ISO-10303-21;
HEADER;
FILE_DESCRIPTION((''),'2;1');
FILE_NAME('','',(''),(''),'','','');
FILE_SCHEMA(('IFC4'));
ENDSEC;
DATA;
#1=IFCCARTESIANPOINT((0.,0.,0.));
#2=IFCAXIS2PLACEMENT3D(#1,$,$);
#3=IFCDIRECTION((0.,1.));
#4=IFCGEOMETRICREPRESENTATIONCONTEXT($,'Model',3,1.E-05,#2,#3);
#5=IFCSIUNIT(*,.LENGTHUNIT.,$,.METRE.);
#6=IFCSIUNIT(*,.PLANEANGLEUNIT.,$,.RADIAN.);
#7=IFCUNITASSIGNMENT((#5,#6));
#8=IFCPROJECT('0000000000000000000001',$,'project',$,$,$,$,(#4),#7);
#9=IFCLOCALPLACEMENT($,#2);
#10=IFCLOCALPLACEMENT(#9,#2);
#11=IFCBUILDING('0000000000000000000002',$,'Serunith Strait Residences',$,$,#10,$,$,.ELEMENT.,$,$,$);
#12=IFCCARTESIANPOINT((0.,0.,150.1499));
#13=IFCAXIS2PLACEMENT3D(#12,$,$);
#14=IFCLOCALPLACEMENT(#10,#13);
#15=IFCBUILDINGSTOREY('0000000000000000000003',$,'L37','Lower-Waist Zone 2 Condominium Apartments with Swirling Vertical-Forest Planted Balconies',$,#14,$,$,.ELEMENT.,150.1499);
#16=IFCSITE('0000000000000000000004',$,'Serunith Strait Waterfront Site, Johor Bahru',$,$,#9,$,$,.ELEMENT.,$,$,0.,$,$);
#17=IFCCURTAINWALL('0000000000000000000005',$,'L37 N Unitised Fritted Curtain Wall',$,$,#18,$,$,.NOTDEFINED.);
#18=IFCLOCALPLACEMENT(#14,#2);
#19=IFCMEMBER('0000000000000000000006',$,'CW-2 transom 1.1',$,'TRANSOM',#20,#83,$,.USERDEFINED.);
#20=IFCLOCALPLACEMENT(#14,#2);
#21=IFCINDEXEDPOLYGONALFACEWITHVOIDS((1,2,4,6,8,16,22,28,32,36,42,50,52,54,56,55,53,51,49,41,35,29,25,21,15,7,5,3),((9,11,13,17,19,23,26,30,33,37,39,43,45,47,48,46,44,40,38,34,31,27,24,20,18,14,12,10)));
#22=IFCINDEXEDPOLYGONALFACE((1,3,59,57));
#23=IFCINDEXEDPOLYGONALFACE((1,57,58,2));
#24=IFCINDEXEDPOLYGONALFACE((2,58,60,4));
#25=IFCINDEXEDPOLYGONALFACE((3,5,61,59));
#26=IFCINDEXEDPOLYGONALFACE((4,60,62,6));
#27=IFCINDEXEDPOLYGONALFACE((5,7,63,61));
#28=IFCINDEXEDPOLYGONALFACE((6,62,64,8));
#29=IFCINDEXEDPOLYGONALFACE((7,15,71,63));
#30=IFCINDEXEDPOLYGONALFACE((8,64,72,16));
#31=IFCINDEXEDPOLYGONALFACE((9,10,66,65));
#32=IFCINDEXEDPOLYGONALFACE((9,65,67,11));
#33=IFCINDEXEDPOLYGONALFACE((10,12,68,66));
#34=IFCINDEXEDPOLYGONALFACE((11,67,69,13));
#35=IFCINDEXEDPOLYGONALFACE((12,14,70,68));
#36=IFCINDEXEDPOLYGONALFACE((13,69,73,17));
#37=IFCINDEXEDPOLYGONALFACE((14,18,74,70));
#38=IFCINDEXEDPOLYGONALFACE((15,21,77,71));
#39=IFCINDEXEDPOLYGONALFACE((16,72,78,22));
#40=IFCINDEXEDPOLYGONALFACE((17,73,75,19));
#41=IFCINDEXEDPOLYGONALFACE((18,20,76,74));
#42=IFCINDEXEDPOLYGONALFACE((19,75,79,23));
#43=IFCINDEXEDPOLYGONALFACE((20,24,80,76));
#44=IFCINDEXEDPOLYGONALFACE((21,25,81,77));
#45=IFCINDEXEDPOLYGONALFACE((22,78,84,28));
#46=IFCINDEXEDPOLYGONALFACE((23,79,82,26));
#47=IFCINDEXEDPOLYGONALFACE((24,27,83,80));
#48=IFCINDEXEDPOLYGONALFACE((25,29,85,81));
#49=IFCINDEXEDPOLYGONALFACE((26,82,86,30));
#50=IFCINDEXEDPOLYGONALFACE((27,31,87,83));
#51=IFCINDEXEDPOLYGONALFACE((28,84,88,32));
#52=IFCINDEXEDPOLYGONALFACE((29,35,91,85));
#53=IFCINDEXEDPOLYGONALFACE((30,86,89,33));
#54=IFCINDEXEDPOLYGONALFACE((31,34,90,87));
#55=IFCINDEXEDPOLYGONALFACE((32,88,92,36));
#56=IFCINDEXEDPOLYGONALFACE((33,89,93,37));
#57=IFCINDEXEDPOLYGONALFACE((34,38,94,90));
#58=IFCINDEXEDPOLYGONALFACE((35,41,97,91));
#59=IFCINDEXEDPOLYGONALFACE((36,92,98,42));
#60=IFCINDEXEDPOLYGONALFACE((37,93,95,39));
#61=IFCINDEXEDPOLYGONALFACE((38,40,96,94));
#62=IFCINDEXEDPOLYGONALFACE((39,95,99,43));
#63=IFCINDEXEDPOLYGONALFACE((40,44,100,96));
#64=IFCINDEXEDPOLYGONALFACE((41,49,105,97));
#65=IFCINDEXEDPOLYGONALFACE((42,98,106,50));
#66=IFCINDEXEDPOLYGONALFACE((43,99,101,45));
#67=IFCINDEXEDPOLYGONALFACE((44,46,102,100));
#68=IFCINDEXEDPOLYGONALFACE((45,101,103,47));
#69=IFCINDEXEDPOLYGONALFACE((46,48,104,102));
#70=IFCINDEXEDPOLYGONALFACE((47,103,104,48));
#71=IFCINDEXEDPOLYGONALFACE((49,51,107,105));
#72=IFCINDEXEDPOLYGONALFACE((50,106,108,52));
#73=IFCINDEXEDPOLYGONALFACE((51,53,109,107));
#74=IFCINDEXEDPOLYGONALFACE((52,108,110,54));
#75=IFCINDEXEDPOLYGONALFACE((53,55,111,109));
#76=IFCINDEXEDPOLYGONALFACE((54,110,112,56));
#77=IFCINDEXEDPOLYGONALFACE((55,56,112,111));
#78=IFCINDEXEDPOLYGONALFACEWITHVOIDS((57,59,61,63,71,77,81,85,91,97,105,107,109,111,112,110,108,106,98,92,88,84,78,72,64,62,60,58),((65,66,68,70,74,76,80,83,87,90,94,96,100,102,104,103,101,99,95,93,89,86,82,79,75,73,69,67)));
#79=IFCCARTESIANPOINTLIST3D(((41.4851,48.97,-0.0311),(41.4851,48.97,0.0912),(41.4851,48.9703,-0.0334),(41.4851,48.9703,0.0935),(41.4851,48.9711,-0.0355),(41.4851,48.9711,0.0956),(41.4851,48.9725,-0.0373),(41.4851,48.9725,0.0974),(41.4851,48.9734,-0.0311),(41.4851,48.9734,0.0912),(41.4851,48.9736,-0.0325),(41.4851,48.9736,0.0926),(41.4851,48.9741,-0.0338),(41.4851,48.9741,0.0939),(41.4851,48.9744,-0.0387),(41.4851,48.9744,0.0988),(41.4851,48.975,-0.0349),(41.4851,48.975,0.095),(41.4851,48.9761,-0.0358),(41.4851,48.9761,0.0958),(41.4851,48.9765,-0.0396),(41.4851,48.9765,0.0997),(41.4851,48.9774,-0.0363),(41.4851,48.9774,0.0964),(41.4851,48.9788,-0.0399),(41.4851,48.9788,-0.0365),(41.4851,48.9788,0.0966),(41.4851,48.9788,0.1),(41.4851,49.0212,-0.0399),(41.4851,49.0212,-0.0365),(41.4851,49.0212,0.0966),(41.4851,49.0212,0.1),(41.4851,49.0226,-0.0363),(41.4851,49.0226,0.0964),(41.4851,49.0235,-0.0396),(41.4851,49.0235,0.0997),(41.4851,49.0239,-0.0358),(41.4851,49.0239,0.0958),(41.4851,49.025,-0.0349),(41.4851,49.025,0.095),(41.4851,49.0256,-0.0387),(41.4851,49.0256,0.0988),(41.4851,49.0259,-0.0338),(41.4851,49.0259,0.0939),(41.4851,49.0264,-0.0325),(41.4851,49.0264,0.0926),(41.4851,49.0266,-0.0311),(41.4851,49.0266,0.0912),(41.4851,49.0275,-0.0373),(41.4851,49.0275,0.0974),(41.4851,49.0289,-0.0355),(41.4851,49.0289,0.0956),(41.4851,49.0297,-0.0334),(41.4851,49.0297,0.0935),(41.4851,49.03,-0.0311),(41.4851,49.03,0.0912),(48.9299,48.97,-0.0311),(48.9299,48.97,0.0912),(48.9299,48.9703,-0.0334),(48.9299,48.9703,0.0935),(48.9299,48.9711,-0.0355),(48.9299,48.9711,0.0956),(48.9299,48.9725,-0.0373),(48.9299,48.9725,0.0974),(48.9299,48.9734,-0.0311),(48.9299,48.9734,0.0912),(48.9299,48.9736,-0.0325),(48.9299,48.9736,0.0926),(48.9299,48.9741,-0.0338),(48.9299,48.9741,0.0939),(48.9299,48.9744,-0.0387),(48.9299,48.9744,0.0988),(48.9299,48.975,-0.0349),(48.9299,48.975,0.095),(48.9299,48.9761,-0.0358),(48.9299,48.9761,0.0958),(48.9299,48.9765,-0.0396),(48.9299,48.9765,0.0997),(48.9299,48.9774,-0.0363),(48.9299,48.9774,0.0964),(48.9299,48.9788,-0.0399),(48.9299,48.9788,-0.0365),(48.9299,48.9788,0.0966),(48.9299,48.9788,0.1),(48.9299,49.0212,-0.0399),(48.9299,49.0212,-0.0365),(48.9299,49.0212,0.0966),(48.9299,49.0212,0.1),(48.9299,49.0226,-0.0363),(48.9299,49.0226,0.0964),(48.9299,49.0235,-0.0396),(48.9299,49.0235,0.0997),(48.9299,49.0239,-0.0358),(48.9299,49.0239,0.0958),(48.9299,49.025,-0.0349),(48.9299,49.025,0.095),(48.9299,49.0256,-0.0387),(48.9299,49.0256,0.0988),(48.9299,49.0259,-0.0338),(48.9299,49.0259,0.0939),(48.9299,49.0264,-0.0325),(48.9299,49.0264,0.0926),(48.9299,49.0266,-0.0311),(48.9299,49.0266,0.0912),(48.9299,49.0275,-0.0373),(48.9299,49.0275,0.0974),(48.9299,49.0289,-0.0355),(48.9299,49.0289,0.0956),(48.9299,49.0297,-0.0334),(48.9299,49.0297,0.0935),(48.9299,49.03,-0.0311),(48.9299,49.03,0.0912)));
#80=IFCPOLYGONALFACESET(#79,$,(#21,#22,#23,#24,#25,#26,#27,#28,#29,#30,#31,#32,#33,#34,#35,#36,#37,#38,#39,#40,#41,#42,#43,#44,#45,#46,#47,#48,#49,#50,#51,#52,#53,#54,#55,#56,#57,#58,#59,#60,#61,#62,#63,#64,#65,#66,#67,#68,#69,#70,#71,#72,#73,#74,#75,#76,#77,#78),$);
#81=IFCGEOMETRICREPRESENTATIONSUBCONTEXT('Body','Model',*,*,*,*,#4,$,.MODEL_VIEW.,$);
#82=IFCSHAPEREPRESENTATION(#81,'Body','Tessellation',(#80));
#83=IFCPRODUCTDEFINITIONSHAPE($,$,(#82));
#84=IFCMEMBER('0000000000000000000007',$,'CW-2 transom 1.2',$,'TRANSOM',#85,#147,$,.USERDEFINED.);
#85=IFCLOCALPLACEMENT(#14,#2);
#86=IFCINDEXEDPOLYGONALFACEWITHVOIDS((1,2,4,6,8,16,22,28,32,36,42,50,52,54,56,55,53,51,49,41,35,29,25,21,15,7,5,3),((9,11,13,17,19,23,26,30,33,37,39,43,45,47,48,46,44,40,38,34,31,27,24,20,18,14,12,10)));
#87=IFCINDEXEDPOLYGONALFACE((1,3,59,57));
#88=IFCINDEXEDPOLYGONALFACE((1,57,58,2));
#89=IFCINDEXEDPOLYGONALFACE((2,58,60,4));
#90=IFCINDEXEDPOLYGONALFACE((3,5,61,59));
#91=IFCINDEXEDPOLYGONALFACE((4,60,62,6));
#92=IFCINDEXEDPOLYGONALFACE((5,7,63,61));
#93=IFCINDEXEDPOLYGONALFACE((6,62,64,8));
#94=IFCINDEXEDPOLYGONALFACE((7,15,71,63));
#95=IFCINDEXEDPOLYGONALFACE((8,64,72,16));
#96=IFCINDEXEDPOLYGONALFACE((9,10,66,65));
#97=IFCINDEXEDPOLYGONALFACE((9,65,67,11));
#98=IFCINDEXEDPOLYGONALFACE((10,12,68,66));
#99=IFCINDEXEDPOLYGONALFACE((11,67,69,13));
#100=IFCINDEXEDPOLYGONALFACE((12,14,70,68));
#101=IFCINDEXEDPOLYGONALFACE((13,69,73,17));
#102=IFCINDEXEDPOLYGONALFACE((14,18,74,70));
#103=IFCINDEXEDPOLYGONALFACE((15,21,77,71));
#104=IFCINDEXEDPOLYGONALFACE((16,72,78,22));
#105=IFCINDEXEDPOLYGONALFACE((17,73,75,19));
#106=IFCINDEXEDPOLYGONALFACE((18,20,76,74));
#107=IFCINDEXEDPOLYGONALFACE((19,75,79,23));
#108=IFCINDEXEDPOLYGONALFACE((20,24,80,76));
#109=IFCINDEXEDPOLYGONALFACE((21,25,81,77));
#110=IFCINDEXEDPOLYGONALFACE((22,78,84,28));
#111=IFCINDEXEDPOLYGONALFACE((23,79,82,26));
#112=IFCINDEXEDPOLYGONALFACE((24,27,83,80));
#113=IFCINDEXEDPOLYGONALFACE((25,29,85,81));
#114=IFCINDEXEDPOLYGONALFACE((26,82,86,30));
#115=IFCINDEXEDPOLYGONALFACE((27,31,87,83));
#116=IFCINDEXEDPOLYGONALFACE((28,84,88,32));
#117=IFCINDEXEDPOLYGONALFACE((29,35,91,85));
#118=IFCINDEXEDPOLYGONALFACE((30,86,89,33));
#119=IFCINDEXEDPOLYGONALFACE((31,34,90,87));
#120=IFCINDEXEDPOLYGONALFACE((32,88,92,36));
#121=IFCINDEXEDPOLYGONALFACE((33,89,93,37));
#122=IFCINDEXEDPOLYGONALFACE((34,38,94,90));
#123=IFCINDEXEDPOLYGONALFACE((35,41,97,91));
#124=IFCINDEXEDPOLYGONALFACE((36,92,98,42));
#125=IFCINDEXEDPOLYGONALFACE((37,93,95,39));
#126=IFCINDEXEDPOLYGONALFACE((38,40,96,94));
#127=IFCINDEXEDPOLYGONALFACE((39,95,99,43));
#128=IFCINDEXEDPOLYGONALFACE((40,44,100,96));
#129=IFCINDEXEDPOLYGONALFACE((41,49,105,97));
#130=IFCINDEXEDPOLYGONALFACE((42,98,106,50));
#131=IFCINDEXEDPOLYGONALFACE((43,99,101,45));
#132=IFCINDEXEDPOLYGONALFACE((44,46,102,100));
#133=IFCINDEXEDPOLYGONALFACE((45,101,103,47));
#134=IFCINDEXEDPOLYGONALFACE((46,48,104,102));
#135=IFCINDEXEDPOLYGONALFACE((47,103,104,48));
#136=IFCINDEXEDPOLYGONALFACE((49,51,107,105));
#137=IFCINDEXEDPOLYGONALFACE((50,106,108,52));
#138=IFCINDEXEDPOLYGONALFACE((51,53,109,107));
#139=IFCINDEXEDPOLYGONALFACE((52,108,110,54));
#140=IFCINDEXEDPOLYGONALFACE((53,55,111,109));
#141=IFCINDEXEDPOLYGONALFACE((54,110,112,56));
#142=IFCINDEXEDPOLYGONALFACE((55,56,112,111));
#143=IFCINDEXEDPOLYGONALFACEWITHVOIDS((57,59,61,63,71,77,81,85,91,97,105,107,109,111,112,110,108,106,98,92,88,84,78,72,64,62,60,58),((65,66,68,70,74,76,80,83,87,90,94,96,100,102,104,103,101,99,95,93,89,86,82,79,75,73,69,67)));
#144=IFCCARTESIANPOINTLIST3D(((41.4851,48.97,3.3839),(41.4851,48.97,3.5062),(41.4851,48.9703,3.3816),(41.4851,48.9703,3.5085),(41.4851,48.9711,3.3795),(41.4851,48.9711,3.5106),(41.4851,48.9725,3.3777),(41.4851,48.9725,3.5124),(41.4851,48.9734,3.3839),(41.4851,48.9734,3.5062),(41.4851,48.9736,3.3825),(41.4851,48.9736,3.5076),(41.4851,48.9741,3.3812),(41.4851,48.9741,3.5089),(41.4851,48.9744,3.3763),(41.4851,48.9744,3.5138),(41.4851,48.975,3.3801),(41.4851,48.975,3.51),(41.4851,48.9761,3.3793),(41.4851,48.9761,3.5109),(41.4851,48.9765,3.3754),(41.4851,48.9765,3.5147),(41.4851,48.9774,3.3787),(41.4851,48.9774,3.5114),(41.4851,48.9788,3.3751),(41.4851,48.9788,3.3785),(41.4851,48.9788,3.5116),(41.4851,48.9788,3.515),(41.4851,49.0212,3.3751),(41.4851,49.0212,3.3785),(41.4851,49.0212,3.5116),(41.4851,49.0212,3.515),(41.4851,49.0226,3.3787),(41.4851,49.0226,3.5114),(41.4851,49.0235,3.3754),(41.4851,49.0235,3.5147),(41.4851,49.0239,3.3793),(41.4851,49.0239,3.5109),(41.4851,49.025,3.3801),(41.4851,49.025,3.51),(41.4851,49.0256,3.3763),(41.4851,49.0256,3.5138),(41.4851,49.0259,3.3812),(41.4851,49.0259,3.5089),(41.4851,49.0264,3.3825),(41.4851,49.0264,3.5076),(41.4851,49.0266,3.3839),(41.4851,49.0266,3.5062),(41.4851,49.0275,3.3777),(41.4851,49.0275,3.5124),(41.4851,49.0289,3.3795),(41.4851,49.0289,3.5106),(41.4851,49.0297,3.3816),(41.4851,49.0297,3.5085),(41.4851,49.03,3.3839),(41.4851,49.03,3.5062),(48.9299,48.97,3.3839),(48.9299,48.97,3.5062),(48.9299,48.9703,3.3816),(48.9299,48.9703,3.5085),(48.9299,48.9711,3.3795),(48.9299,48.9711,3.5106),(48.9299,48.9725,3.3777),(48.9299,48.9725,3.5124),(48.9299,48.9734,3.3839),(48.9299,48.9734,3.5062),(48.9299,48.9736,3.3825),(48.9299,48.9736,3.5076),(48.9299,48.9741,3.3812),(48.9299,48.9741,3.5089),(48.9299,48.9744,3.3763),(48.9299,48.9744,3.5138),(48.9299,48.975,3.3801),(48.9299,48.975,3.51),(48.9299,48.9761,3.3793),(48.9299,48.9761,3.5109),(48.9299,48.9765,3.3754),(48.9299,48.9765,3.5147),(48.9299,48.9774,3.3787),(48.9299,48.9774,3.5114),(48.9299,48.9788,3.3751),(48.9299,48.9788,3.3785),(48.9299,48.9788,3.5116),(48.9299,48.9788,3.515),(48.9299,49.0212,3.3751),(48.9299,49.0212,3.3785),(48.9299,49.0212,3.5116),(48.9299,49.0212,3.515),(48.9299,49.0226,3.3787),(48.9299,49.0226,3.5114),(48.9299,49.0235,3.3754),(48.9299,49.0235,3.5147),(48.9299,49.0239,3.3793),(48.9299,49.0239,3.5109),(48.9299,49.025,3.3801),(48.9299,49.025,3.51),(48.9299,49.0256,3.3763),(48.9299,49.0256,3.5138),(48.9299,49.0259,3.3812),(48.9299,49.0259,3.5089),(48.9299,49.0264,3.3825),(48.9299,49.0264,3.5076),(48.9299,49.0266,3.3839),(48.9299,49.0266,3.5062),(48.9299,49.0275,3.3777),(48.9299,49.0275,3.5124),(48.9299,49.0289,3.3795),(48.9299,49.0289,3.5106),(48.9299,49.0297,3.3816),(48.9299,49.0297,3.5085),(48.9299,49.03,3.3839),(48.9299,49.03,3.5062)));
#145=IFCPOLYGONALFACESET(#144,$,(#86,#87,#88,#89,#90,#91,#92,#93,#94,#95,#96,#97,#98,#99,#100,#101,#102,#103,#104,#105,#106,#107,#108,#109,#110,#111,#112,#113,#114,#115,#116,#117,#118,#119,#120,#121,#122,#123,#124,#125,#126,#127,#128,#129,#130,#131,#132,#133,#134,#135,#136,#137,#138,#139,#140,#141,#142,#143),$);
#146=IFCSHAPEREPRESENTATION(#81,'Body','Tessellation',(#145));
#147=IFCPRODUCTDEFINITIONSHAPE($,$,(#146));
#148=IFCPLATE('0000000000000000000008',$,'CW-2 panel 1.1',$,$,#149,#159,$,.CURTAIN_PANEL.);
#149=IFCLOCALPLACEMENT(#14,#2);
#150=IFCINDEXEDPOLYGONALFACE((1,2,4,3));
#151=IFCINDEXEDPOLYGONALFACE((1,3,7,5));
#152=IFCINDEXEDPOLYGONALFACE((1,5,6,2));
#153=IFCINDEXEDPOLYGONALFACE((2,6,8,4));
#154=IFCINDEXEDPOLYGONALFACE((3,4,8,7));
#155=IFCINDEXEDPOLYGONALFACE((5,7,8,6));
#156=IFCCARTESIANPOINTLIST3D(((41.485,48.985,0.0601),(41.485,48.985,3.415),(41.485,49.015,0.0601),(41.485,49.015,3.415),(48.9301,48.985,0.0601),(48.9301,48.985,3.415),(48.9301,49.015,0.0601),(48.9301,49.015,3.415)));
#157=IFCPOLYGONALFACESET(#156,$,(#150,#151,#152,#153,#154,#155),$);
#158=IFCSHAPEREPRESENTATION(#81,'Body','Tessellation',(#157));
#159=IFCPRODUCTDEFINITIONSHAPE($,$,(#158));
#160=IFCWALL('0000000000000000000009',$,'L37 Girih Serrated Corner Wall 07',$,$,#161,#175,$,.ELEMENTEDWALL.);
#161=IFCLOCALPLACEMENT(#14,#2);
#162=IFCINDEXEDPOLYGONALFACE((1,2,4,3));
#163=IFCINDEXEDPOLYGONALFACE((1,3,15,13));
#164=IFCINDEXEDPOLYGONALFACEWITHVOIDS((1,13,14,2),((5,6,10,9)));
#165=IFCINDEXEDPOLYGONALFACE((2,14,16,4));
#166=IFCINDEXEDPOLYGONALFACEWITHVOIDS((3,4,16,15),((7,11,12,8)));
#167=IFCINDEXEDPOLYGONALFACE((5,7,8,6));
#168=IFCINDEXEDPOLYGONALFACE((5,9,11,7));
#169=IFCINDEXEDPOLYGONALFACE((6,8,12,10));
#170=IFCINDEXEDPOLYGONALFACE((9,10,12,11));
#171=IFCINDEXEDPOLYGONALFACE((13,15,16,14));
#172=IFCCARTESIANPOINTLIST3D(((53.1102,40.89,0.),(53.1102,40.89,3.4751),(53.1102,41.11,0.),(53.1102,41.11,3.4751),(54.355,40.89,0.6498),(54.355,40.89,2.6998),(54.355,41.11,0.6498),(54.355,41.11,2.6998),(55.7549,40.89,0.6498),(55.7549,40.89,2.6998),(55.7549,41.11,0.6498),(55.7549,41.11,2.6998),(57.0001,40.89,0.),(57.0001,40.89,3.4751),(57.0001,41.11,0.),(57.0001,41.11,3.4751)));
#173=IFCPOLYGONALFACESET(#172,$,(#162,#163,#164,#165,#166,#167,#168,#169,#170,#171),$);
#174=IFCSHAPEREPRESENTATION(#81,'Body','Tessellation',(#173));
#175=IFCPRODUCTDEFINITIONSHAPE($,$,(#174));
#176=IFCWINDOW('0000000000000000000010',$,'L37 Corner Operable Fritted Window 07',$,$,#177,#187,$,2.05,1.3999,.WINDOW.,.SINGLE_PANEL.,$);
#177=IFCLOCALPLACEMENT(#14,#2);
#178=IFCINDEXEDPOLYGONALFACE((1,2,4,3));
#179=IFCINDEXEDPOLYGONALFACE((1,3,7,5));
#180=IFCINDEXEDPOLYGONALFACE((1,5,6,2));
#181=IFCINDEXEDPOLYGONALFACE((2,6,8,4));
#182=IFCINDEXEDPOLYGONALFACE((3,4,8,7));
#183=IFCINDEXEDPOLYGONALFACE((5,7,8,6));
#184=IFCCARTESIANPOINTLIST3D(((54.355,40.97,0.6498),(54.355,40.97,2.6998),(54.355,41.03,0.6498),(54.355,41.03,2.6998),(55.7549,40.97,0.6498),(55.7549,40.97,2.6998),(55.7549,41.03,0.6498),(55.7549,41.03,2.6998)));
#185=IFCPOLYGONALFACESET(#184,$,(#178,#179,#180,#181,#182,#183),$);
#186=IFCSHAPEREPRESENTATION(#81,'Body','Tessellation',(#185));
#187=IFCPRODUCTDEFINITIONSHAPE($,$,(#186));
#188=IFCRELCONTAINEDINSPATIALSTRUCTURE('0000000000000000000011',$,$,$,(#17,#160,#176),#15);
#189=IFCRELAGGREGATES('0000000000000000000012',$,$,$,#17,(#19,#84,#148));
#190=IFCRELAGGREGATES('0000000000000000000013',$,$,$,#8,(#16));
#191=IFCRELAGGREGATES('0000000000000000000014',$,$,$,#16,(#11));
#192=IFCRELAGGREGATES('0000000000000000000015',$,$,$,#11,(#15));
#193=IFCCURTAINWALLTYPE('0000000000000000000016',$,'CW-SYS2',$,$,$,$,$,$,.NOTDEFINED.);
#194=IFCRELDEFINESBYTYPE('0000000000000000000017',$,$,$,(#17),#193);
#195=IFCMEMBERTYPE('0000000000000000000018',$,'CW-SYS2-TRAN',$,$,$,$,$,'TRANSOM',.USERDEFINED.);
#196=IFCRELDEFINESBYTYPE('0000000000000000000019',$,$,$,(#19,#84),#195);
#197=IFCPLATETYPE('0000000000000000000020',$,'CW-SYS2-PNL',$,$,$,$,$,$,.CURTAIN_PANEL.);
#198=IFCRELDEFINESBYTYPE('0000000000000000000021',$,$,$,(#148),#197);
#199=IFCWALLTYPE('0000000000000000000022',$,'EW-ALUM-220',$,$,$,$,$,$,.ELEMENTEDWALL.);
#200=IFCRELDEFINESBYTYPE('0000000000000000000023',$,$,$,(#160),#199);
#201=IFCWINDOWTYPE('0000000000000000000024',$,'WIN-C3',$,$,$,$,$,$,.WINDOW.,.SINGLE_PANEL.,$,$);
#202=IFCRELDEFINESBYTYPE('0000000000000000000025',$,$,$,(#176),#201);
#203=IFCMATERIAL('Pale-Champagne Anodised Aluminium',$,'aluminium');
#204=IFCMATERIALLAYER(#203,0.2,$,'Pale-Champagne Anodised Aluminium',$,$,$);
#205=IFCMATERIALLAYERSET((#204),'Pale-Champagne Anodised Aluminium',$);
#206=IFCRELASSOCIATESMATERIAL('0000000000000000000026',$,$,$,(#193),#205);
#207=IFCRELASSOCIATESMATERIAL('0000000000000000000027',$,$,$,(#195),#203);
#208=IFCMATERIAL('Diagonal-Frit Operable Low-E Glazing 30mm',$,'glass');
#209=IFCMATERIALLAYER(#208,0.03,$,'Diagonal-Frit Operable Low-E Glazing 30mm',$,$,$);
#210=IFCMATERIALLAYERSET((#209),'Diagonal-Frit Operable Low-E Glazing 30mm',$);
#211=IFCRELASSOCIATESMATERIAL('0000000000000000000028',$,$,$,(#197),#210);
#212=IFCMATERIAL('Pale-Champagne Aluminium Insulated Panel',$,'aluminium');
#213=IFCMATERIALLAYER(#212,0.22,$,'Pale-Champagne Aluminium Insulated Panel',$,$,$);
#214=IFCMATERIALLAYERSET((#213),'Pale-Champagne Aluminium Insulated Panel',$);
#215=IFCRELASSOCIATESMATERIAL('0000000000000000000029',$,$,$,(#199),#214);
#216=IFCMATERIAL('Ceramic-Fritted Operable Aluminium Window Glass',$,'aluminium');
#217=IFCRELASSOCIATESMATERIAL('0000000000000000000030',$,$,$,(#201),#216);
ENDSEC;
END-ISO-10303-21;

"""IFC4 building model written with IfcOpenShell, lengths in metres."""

from ifc_helpers import new_model, si_unit, direction, frame, frame_2d, origin, origin_2d, place, context, subcontext, project, spatial, rectangle, hollow_rectangle, extrude, source, transform, mapped, material, layer, layer_set, material_profile, profile_set, type_object, element, fill, aggregate, save


model = new_model("IFC4")

# Units and contexts
model_context = context("Model", 3, precision=1e-05, world=origin(), true_north=direction((0.0, 1.0)))
body_context = subcontext(model_context, "Body", "Model", "MODEL_VIEW")
ifc_project = project(units=[si_unit("LENGTHUNIT", "METRE"), si_unit("PLANEANGLEUNIT", "RADIAN")], contexts=[model_context])

# Site, building, storey
site_placement = place(None, origin())
site = spatial("IfcSite", under=ifc_project, at=site_placement, Name="Serunith Strait Waterfront Site, Johor Bahru", CompositionType="ELEMENT", RefElevation=0.0)
building_placement = place(site_placement, origin())
building = spatial("IfcBuilding", under=site, at=building_placement, Name="Serunith Strait Residences", CompositionType="ELEMENT")
storey_placement = place(building_placement, frame((0.0, 0.0, 150.1499)))
storey = spatial("IfcBuildingStorey", under=building, at=storey_placement, Name="L37", Description="Lower-Waist Zone 2 Condominium Apartments with Swirling Vertical-Forest Planted Balconies", CompositionType="ELEMENT", Elevation=150.1499)

# Shared definitions
ifc_material_1 = material(Name="Pale-Champagne Anodised Aluminium", Category="aluminium")
ifc_layer_1 = layer(ifc_material_1, 0.2, Name="Pale-Champagne Anodised Aluminium")
ifc_layer_set_1 = layer_set([ifc_layer_1], Name="Pale-Champagne Anodised Aluminium")
curtain_wall_type = type_object("IfcCurtainWallType", Name="CW-SYS2", PredefinedType="NOTDEFINED", material=ifc_layer_set_1)

# Curtain wall, members, plate
curtain_wall_1_placement = place(storey_placement, origin())
curtain_wall_1 = element("IfcCurtainWall", 1, at=curtain_wall_1_placement, inside=storey, type_object=curtain_wall_type, Name="L37 N Unitised Fritted Curtain Wall", PredefinedType="NOTDEFINED")
ifc_material_profile_1 = material_profile(ifc_material_1, hollow_rectangle(XDim=0.0601, YDim=0.1399, WallThickness=0.0034, InnerFilletRadius=0.0054, OuterFilletRadius=0.0088, at=origin_2d()), Name="ALU 140x60x3.5")
ifc_profile_set_1 = profile_set([ifc_material_profile_1], Name="Pale-Champagne Anodised Aluminium")
member_type_1 = type_object("IfcMemberType", Name="CW-SYS2-TRAN", ElementType="TRANSOM", PredefinedType="USERDEFINED", material=ifc_profile_set_1)
shared_shape_1 = source(origin(), body_context, "Body", "SweptSolid", [
    extrude(hollow_rectangle(XDim=0.0601, YDim=0.1399, WallThickness=0.0034, InnerFilletRadius=0.0054, OuterFilletRadius=0.0088, at=origin_2d()), origin(), (0.0, 0.0, 1.0), 7.4448),
])
member_1_placement = place(storey_placement, frame((48.9299, 49.0, 0.03), z_axis=(-1.0, 0.0, 0.0), x_axis=(0.0, -1.0, 0.0)))
member_1 = element("IfcMember", 2, at=member_1_placement, type_object=member_type_1, Name="CW-2 transom 1.1", ObjectType="TRANSOM", PredefinedType="USERDEFINED", context=body_context, shape_type="MappedRepresentation", body=[
    mapped(shared_shape_1, transform((0.0, 0.0, 0.0), scale=1.0)),
])
member_2_placement = place(storey_placement, frame((48.9299, 49.0, 3.4451), z_axis=(-1.0, 0.0, 0.0), x_axis=(0.0, -1.0, 0.0)))
member_2 = element("IfcMember", 3, at=member_2_placement, type_object=member_type_1, Name="CW-2 transom 1.2", ObjectType="TRANSOM", PredefinedType="USERDEFINED", context=body_context, shape_type="MappedRepresentation", body=[
    mapped(shared_shape_1, transform((0.0, 0.0, 0.0), scale=1.0)),
])
ifc_material_2 = material(Name="Diagonal-Frit Operable Low-E Glazing 30mm", Category="glass")
ifc_layer_2 = layer(ifc_material_2, 0.03, Name="Diagonal-Frit Operable Low-E Glazing 30mm")
ifc_layer_set_2 = layer_set([ifc_layer_2], Name="Diagonal-Frit Operable Low-E Glazing 30mm")
plate_type = type_object("IfcPlateType", Name="CW-SYS2-PNL", PredefinedType="CURTAIN_PANEL", material=ifc_layer_set_2)
shared_shape_2 = source(origin(), body_context, "Body", "SweptSolid", [
    extrude(rectangle(XDim=7.4451, YDim=0.03, at=origin_2d()), origin(), (0.0, 0.0, 1.0), 3.355),
])
plate_placement = place(storey_placement, frame((45.2075, 49.0, 0.0601), z_axis=(0.0, 0.0, 1.0), x_axis=(-1.0, 0.0, 0.0)))
plate = element("IfcPlate", 4, at=plate_placement, type_object=plate_type, Name="CW-2 panel 1.1", PredefinedType="CURTAIN_PANEL", context=body_context, shape_type="MappedRepresentation", body=[
    mapped(shared_shape_2, transform((0.0, 0.0, 0.0), scale=1.0)),
])
aggregate(curtain_wall_1, [member_1, member_2, plate])

# Wall, opening, window
ifc_material_3 = material(Name="Pale-Champagne Aluminium Insulated Panel", Category="aluminium")
ifc_layer_3 = layer(ifc_material_3, 0.22, Name="Pale-Champagne Aluminium Insulated Panel")
ifc_layer_set_3 = layer_set([ifc_layer_3], Name="Pale-Champagne Aluminium Insulated Panel")
wall_type_1 = type_object("IfcWallType", Name="EW-ALUM-220", PredefinedType="ELEMENTEDWALL", material=ifc_layer_set_3)
wall_1_placement = place(storey_placement, frame((57.0, 41.0, 0.0), z_axis=(0.0, 0.0, 1.0), x_axis=(-1.0, 0.0, 0.0)))
wall_1 = element("IfcWall", 5, at=wall_1_placement, inside=storey, type_object=wall_type_1, Name="L37 Girih Serrated Corner Wall 07", PredefinedType="ELEMENTEDWALL", context=body_context, shape_type="SweptSolid", body=[
    extrude(rectangle(XDim=3.8899, YDim=0.22, at=frame_2d((1.9448, 0.0))), origin(), (0.0, 0.0, 1.0), 3.4751),
])
opening_1_placement = place(wall_1_placement, frame((1.2451, 0.0, 0.6499)))
opening_1 = element("IfcOpeningElement", 6, at=opening_1_placement, cuts=wall_1, PredefinedType="OPENING", context=body_context, shape_type="SweptSolid", body=[
    extrude(rectangle(XDim=1.3999, YDim=2.05, at=frame_2d((0.7, 1.0249))), frame((0.0, 0.1201, 0.0), z_axis=(0.0, -1.0, 0.0), x_axis=(1.0, 0.0, 0.0)), (0.0, 0.0, 1.0), 0.24),
])
ifc_material_4 = material(Name="Ceramic-Fritted Operable Aluminium Window Glass", Category="aluminium")
window_type = type_object("IfcWindowType", Name="WIN-C3", PartitioningType="SINGLE_PANEL", PredefinedType="WINDOW", material=ifc_material_4)
shared_shape_3 = source(origin(), body_context, "Body", "SweptSolid", [
    extrude(rectangle(XDim=1.3999, YDim=2.05, at=frame_2d((0.7, 1.0249))), frame((0.0, 0.03, 0.0), z_axis=(0.0, -1.0, 0.0), x_axis=(1.0, 0.0, 0.0)), (0.0, 0.0, 1.0), 0.0601),
])
window_1_placement = place(opening_1_placement, origin())
window_1 = element("IfcWindow", 7, at=window_1_placement, inside=storey, type_object=window_type, Name="L37 Corner Operable Fritted Window 07", OverallHeight=2.05, OverallWidth=1.3999, PartitioningType="SINGLE_PANEL", PredefinedType="WINDOW", context=body_context, shape_type="MappedRepresentation", body=[
    mapped(shared_shape_3, transform((0.0, 0.0, 0.0), scale=1.0)),
])
fill(opening_1, window_1)

save(model, "model.ifc")
